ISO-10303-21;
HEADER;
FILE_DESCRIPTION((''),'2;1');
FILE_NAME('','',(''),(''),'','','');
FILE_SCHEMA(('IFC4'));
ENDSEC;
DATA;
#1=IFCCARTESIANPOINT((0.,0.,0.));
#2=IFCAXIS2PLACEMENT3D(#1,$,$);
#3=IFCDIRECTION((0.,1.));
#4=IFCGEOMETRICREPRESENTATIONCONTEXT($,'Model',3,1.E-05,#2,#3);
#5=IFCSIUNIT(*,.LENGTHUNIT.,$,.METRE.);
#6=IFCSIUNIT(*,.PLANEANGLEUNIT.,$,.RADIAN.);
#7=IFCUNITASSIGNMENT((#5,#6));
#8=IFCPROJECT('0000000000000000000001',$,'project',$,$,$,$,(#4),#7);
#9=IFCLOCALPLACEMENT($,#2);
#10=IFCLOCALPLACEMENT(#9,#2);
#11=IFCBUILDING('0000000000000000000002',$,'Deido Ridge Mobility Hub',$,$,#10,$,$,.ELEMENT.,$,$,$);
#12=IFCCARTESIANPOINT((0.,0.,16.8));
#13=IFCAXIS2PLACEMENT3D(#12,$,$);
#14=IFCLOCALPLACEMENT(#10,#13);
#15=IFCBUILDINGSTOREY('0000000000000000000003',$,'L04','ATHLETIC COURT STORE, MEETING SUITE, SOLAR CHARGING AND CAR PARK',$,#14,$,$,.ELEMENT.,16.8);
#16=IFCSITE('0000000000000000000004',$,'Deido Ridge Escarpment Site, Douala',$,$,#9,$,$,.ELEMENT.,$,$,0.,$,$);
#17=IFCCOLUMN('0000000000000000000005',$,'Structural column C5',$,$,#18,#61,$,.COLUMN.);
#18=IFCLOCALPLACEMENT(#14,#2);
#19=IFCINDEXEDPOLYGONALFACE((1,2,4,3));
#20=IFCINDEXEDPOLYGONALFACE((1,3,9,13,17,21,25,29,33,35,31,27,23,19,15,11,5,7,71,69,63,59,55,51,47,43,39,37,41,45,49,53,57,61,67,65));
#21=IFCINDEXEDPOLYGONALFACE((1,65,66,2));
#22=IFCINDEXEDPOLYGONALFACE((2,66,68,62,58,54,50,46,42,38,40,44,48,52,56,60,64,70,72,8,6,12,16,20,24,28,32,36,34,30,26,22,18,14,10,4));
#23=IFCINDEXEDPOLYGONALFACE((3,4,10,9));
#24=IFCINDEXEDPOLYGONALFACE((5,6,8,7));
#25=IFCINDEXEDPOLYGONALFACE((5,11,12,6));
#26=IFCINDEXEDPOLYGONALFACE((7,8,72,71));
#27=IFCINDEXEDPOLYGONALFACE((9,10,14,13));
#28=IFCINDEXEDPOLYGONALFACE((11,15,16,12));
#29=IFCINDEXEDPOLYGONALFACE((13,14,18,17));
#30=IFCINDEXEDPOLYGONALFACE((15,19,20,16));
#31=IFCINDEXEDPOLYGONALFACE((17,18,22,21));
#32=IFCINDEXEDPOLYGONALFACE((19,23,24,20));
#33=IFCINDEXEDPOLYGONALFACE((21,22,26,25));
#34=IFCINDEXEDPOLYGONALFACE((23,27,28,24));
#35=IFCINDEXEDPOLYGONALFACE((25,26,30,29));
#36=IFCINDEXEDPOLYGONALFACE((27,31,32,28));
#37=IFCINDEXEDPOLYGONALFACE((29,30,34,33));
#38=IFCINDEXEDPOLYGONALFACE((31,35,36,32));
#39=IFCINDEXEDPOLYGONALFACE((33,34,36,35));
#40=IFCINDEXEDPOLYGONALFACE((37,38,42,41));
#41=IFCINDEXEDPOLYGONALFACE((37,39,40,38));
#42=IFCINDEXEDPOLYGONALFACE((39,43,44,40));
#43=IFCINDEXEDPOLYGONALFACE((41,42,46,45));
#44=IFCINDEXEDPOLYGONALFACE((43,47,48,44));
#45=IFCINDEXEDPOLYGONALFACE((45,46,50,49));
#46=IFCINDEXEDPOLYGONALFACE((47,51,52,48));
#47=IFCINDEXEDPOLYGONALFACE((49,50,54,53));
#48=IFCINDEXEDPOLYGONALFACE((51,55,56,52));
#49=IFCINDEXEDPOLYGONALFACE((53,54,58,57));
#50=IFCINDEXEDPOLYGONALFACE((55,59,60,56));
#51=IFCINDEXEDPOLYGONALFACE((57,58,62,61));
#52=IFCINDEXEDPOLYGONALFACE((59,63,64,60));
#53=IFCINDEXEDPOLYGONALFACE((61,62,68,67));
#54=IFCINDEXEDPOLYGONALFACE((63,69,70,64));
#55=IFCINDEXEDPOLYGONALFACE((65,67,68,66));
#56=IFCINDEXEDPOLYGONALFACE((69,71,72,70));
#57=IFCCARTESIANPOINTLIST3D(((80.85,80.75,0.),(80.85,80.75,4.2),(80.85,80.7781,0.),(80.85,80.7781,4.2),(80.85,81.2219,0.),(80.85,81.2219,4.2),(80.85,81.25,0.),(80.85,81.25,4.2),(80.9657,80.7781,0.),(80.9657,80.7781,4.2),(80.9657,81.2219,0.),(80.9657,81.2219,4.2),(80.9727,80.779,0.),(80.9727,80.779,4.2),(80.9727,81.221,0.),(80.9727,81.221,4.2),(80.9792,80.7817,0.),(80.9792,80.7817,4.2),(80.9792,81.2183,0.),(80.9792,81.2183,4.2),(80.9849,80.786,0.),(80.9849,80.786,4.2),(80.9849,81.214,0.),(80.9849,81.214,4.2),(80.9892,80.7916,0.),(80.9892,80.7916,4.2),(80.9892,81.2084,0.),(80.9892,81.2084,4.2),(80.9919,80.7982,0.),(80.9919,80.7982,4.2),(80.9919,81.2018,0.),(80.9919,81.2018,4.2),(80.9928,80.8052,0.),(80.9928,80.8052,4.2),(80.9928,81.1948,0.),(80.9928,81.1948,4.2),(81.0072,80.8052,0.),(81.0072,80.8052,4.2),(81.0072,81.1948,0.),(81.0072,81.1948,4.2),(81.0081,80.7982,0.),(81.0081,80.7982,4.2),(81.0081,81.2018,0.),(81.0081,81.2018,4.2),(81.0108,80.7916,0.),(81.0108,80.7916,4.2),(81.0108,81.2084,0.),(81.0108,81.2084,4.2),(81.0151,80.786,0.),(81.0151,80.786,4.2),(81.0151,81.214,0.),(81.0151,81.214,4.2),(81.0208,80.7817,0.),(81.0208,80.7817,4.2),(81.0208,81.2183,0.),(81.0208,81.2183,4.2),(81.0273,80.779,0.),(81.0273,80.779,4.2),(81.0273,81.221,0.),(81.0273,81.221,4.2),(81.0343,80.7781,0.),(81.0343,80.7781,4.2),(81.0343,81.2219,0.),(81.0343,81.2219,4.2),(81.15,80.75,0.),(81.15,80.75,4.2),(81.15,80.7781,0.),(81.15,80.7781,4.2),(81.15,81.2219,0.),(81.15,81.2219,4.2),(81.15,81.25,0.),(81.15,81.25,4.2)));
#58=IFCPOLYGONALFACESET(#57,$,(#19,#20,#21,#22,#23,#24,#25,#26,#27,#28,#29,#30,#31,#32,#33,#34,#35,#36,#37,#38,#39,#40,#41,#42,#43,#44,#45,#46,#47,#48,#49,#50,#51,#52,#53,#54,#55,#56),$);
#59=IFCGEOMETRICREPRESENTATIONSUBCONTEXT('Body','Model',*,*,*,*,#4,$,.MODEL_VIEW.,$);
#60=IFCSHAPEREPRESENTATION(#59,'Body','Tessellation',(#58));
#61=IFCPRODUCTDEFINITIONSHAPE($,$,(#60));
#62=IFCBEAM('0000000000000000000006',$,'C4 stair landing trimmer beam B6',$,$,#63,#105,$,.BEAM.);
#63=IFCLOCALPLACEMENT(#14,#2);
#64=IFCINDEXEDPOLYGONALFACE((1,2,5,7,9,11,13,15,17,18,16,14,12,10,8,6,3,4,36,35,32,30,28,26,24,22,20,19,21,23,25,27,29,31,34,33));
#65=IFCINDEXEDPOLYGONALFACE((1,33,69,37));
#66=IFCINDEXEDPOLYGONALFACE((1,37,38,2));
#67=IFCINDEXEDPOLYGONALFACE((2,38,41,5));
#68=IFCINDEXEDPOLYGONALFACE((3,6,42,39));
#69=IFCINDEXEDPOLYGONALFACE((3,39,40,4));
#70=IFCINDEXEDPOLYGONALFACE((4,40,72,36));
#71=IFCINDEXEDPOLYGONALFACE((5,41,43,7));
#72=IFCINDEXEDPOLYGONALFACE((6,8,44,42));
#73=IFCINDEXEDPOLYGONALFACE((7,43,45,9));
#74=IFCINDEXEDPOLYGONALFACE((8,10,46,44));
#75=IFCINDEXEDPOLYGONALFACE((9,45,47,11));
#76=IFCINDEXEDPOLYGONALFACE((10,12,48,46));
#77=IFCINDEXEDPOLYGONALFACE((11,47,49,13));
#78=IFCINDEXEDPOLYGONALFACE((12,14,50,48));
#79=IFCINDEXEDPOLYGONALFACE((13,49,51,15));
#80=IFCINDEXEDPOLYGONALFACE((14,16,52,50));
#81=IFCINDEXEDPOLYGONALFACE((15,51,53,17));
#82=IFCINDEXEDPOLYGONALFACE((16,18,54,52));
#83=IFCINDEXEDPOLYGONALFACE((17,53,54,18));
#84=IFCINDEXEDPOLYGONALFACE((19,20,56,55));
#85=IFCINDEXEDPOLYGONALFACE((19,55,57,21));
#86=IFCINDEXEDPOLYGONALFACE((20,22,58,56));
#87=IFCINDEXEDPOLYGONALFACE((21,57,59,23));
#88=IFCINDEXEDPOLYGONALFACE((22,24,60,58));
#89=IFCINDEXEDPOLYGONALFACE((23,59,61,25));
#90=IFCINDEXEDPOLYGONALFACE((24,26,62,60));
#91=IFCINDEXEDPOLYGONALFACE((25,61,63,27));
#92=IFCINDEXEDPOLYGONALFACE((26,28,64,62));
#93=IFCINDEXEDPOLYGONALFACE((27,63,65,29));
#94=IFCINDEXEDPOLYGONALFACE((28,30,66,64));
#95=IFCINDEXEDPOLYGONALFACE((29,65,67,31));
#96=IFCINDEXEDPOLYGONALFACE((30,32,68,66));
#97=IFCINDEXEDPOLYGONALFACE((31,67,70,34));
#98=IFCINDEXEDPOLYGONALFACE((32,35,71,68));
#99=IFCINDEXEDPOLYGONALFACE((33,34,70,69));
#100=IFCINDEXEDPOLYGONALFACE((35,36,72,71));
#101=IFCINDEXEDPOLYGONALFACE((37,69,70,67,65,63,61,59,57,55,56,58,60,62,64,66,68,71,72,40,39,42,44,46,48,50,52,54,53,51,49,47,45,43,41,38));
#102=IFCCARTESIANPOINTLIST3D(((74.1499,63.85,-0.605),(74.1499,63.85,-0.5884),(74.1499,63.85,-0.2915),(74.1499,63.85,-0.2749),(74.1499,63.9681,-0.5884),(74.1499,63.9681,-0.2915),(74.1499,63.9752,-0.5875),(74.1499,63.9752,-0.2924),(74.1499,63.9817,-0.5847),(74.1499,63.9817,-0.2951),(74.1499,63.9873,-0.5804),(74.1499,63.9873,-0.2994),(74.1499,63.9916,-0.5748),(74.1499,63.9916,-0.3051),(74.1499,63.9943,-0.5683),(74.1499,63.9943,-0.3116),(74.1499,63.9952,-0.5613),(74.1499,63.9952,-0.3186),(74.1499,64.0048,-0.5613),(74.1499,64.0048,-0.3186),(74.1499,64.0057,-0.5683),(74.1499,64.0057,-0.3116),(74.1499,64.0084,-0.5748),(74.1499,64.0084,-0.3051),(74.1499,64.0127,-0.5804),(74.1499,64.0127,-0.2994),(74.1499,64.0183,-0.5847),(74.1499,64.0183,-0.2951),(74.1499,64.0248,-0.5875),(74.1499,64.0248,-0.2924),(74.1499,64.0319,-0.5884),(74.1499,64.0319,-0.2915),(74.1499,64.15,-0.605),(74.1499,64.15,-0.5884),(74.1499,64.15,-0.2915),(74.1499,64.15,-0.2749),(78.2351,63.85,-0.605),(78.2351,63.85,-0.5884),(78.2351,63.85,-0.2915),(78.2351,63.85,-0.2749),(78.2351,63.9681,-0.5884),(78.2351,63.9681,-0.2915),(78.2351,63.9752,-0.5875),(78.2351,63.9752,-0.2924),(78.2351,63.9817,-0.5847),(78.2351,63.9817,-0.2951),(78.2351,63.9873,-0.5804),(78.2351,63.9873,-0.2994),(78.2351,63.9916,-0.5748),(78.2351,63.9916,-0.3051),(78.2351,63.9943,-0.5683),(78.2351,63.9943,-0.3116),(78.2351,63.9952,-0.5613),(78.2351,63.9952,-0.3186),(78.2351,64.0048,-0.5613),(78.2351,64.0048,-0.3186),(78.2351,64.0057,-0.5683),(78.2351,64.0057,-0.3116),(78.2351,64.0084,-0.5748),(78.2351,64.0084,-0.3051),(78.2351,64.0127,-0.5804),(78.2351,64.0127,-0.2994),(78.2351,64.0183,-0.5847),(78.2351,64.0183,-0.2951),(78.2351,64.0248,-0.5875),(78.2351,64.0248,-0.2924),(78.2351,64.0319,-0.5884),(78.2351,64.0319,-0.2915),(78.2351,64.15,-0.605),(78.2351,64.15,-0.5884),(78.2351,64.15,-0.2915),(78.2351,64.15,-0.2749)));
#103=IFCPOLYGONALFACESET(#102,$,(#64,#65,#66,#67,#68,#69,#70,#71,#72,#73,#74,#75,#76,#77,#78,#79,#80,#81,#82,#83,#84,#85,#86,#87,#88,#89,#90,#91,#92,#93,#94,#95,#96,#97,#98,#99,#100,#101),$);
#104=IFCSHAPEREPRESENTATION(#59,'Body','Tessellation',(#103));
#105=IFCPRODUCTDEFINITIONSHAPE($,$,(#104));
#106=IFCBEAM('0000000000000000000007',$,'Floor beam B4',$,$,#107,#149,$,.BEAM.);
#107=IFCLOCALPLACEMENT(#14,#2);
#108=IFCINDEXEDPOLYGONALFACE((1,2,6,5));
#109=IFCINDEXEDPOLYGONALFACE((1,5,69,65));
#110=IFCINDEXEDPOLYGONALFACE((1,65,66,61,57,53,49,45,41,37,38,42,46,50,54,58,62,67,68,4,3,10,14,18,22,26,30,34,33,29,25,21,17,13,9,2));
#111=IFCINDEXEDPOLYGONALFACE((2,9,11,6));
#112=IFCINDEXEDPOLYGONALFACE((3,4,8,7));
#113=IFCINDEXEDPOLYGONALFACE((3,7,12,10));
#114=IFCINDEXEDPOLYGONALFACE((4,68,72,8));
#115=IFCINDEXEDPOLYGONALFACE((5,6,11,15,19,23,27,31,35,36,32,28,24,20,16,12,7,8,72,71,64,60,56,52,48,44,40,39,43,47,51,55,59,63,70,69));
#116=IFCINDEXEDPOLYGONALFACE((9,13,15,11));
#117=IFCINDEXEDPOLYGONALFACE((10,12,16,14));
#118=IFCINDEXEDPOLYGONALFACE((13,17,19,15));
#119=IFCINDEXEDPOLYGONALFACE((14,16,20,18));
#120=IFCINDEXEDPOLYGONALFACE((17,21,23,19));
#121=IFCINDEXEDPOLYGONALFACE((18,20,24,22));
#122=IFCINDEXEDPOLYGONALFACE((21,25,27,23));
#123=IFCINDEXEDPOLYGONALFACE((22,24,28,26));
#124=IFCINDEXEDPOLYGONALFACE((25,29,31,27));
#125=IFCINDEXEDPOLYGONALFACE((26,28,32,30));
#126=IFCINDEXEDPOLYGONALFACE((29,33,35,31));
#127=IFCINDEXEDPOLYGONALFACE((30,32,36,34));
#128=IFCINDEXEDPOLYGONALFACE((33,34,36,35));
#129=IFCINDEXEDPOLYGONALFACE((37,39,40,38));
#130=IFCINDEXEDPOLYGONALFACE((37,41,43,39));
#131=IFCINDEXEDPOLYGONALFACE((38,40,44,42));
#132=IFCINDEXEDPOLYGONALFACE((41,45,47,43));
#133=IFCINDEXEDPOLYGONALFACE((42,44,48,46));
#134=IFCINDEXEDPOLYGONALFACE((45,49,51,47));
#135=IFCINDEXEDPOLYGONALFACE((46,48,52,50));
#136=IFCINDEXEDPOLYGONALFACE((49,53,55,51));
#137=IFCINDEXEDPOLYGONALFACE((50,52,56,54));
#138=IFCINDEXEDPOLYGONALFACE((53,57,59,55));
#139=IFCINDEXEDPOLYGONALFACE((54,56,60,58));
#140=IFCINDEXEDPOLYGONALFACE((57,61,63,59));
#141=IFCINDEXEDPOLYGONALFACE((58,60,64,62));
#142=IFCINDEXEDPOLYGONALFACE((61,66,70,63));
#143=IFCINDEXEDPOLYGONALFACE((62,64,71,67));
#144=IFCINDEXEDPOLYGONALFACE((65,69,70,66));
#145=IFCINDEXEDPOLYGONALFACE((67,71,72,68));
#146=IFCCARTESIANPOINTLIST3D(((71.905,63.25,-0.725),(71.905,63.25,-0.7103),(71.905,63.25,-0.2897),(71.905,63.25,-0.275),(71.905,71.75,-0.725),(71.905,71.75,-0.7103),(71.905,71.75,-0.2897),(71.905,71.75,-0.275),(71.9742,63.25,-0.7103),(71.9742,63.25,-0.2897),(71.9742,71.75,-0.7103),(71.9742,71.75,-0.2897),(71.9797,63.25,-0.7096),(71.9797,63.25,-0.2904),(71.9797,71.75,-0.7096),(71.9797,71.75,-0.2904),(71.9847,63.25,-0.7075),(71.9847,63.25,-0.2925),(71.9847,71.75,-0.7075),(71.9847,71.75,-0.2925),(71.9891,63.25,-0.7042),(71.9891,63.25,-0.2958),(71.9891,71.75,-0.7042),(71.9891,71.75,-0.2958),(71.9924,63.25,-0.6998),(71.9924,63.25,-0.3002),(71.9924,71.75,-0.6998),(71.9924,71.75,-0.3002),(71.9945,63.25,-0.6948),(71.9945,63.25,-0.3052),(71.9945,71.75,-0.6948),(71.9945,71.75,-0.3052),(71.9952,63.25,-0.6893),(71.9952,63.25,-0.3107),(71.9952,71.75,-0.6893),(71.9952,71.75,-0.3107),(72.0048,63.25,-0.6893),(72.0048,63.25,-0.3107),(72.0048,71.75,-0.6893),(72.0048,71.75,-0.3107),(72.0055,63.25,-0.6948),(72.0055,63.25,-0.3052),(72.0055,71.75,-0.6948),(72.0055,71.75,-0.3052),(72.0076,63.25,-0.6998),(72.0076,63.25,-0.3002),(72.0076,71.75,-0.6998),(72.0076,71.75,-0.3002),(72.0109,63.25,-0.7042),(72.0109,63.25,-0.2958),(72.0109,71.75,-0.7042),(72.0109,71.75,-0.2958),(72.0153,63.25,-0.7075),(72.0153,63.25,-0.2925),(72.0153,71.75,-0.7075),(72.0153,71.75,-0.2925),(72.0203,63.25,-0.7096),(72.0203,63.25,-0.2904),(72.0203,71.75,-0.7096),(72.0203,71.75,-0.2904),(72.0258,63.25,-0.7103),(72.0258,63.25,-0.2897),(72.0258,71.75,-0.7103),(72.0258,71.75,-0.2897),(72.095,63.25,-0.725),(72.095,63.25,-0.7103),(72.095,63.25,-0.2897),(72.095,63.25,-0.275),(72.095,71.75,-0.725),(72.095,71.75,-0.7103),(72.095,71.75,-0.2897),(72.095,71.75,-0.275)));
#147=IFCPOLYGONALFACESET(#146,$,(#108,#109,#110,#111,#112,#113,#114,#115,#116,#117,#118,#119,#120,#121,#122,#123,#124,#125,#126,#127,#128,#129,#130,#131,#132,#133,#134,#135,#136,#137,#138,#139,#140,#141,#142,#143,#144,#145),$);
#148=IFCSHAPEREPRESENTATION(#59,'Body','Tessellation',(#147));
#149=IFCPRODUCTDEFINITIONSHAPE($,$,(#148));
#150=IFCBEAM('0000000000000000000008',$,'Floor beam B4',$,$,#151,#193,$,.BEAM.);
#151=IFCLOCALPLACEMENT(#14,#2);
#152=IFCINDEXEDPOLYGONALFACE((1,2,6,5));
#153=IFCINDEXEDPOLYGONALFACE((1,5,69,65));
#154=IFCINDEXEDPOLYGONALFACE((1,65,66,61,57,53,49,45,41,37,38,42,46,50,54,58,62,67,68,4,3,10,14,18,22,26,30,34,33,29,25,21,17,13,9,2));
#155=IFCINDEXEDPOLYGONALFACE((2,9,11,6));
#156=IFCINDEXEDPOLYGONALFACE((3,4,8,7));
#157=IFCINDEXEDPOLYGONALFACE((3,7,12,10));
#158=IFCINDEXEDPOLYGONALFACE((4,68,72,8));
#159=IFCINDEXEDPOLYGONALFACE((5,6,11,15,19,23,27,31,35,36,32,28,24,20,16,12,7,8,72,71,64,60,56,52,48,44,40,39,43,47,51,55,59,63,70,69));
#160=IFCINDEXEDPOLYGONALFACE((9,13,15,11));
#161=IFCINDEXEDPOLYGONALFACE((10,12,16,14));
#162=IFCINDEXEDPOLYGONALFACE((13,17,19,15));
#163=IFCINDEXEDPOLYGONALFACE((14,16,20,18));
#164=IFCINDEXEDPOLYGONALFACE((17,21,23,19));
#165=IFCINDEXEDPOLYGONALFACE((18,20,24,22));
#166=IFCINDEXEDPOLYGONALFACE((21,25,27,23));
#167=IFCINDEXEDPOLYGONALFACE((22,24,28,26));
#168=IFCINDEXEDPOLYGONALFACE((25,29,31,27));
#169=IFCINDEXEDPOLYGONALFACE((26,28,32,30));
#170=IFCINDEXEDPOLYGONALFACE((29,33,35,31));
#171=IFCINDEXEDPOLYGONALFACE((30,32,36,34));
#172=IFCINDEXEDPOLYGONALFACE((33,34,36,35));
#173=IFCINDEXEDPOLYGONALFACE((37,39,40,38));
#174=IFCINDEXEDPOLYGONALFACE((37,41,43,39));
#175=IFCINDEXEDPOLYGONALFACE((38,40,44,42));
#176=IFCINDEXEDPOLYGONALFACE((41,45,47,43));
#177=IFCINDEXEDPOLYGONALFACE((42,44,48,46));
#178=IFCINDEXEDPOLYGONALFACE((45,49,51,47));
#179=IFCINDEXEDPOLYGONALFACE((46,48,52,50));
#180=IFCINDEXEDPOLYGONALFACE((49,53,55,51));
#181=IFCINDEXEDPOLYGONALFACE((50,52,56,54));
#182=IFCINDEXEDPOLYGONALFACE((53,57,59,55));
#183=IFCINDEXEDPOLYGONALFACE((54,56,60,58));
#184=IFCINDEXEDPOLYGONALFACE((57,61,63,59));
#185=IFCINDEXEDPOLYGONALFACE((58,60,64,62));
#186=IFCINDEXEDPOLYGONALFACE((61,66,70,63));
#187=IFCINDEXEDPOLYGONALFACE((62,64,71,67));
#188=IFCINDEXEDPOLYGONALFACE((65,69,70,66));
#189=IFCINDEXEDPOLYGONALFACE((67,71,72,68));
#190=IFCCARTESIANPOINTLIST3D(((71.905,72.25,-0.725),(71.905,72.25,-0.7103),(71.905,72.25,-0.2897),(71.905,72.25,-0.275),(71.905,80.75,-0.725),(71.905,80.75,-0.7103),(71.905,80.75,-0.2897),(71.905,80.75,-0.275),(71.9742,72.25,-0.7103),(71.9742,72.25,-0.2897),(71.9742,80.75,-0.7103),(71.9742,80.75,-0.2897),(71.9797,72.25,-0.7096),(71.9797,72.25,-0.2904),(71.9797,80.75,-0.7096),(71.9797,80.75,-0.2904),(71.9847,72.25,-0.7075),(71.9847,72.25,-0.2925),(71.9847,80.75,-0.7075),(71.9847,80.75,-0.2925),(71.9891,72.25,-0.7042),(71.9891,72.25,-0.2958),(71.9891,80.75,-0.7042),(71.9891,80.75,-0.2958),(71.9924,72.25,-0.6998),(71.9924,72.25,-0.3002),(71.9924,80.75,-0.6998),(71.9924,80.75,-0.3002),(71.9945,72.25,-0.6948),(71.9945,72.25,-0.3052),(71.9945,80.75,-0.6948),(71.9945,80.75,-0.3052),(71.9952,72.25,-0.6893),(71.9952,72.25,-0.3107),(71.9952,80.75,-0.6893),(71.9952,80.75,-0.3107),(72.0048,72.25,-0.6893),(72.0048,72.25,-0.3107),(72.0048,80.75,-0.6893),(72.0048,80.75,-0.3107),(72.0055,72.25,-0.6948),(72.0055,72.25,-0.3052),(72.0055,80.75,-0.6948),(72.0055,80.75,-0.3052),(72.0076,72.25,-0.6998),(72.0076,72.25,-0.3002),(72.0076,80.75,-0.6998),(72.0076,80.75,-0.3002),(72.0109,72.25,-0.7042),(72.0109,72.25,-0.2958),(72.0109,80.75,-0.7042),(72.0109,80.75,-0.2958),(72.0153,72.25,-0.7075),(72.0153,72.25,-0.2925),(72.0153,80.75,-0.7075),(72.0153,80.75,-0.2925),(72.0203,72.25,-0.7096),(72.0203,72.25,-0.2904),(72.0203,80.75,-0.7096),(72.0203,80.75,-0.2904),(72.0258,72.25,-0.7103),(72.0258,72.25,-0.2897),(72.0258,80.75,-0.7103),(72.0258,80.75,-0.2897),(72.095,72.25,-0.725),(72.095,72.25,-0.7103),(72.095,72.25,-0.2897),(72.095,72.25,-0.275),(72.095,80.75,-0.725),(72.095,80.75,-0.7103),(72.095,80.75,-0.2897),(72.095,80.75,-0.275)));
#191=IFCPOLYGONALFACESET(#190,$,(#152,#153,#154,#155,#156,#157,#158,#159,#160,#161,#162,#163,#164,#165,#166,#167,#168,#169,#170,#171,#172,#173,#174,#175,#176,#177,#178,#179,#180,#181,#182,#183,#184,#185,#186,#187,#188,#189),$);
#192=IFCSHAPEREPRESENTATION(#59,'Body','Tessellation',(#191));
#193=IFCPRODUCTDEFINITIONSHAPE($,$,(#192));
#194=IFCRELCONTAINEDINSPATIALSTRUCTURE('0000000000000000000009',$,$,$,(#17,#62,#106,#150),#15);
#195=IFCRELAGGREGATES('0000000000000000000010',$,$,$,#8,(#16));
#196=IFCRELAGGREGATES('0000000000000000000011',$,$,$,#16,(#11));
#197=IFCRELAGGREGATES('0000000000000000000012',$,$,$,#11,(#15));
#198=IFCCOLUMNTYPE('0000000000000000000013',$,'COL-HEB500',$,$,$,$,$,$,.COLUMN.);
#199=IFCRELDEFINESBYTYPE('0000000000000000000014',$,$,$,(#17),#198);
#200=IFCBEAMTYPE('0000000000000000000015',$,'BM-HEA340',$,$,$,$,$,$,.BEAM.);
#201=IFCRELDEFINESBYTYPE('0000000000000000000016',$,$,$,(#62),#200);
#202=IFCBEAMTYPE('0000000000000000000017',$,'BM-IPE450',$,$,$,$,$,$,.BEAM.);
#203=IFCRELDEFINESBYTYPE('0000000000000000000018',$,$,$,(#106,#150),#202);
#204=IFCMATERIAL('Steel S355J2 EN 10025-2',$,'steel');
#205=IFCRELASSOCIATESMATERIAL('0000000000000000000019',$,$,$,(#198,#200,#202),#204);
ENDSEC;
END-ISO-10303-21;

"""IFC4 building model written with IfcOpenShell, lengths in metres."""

from ifc_helpers import new_model, si_unit, direction, frame, origin, origin_2d, place, context, subcontext, project, spatial, i_section, extrude, material, material_profile, profile_set, type_object, element, save


model = new_model("IFC4")

# Units and contexts
model_context = context("Model", 3, precision=1e-05, world=origin(), true_north=direction((0.0, 1.0)))
body_context = subcontext(model_context, "Body", "Model", "MODEL_VIEW")
ifc_project = project(units=[si_unit("LENGTHUNIT", "METRE"), si_unit("PLANEANGLEUNIT", "RADIAN")], contexts=[model_context])

# Site, building, storey
site_placement = place(None, origin())
site = spatial("IfcSite", under=ifc_project, at=site_placement, Name="Deido Ridge Escarpment Site, Douala", CompositionType="ELEMENT", RefElevation=0.0)
building_placement = place(site_placement, origin())
building = spatial("IfcBuilding", under=site, at=building_placement, Name="Deido Ridge Mobility Hub", CompositionType="ELEMENT")
storey_placement = place(building_placement, frame((0.0, 0.0, 16.8)))
storey = spatial("IfcBuildingStorey", under=building, at=storey_placement, Name="L04", Description="ATHLETIC COURT STORE, MEETING SUITE, SOLAR CHARGING AND CAR PARK", CompositionType="ELEMENT", Elevation=16.8)

# Column
ifc_material_1 = material(Name="Steel S355J2 EN 10025-2", Category="steel")
ifc_material_profile_1 = material_profile(ifc_material_1, i_section(OverallWidth=0.3, OverallDepth=0.5, WebThickness=0.0144, FlangeThickness=0.0281, FilletRadius=0.0271, at=origin_2d()), Name="HEB 500")
ifc_profile_set_1 = profile_set([ifc_material_profile_1], Name="Steel S355J2 EN 10025-2")
column_type = type_object("IfcColumnType", Name="COL-HEB500", PredefinedType="COLUMN", material=ifc_profile_set_1)
for number, where, z_axis, x_axis, name in (
    (1, (81.0, 81.0, 0.0), (0.0, 0.0, 1.0), (1.0, 0.0, 0.0), "Structural column C5"),
):
    element("IfcColumn", number, at=place(storey_placement, frame(where, z_axis=z_axis, x_axis=x_axis)), inside=storey, type_object=column_type, Name=name, PredefinedType="COLUMN", context=body_context, shape_type="SweptSolid", body=[
        extrude(i_section(OverallWidth=0.3, OverallDepth=0.5, WebThickness=0.0144, FlangeThickness=0.0281, FilletRadius=0.0271, at=origin_2d()), origin(), (0.0, 0.0, 1.0), 4.2),
    ])

# Beams
ifc_material_profile_2 = material_profile(ifc_material_1, i_section(OverallWidth=0.3, OverallDepth=0.3301, WebThickness=0.0095, FlangeThickness=0.0166, FilletRadius=0.0271, at=origin_2d()), Name="HEA 340")
ifc_profile_set_2 = profile_set([ifc_material_profile_2], Name="Steel S355J2 EN 10025-2")
beam_type_1 = type_object("IfcBeamType", Name="BM-HEA340", PredefinedType="BEAM", material=ifc_profile_set_2)
beam_placement = place(storey_placement, frame((74.1499, 64.0, -0.4399), z_axis=(1.0, 0.0, 0.0), x_axis=(0.0, 1.0, 0.0)))
element("IfcBeam", 2, at=beam_placement, inside=storey, type_object=beam_type_1, Name="C4 stair landing trimmer beam B6", PredefinedType="BEAM", context=body_context, shape_type="SweptSolid", body=[
    extrude(i_section(OverallWidth=0.3, OverallDepth=0.3301, WebThickness=0.0095, FlangeThickness=0.0166, FilletRadius=0.0271, at=origin_2d()), origin(), (0.0, 0.0, 1.0), 4.0852),
])
ifc_material_profile_3 = material_profile(ifc_material_1, i_section(OverallWidth=0.1899, OverallDepth=0.45, WebThickness=0.0095, FlangeThickness=0.0146, FilletRadius=0.021, at=origin_2d()), Name="IPE 450")
ifc_profile_set_3 = profile_set([ifc_material_profile_3], Name="Steel S355J2 EN 10025-2")
beam_type_2 = type_object("IfcBeamType", Name="BM-IPE450", PredefinedType="BEAM", material=ifc_profile_set_3)
for number, where, z_axis, x_axis, name in (
    (3, (72.0, 63.25, -0.5), (0.0, 1.0, 0.0), (-1.0, 0.0, 0.0), "Floor beam B4"),
    (4, (72.0, 72.25, -0.5), (0.0, 1.0, 0.0), (-1.0, 0.0, 0.0), "Floor beam B4"),
):
    element("IfcBeam", number, at=place(storey_placement, frame(where, z_axis=z_axis, x_axis=x_axis)), inside=storey, type_object=beam_type_2, Name=name, PredefinedType="BEAM", context=body_context, shape_type="SweptSolid", body=[
        extrude(i_section(OverallWidth=0.1899, OverallDepth=0.45, WebThickness=0.0095, FlangeThickness=0.0146, FilletRadius=0.021, at=origin_2d()), origin(), (0.0, 0.0, 1.0), 8.5),
    ])

save(model, "model.ifc")
